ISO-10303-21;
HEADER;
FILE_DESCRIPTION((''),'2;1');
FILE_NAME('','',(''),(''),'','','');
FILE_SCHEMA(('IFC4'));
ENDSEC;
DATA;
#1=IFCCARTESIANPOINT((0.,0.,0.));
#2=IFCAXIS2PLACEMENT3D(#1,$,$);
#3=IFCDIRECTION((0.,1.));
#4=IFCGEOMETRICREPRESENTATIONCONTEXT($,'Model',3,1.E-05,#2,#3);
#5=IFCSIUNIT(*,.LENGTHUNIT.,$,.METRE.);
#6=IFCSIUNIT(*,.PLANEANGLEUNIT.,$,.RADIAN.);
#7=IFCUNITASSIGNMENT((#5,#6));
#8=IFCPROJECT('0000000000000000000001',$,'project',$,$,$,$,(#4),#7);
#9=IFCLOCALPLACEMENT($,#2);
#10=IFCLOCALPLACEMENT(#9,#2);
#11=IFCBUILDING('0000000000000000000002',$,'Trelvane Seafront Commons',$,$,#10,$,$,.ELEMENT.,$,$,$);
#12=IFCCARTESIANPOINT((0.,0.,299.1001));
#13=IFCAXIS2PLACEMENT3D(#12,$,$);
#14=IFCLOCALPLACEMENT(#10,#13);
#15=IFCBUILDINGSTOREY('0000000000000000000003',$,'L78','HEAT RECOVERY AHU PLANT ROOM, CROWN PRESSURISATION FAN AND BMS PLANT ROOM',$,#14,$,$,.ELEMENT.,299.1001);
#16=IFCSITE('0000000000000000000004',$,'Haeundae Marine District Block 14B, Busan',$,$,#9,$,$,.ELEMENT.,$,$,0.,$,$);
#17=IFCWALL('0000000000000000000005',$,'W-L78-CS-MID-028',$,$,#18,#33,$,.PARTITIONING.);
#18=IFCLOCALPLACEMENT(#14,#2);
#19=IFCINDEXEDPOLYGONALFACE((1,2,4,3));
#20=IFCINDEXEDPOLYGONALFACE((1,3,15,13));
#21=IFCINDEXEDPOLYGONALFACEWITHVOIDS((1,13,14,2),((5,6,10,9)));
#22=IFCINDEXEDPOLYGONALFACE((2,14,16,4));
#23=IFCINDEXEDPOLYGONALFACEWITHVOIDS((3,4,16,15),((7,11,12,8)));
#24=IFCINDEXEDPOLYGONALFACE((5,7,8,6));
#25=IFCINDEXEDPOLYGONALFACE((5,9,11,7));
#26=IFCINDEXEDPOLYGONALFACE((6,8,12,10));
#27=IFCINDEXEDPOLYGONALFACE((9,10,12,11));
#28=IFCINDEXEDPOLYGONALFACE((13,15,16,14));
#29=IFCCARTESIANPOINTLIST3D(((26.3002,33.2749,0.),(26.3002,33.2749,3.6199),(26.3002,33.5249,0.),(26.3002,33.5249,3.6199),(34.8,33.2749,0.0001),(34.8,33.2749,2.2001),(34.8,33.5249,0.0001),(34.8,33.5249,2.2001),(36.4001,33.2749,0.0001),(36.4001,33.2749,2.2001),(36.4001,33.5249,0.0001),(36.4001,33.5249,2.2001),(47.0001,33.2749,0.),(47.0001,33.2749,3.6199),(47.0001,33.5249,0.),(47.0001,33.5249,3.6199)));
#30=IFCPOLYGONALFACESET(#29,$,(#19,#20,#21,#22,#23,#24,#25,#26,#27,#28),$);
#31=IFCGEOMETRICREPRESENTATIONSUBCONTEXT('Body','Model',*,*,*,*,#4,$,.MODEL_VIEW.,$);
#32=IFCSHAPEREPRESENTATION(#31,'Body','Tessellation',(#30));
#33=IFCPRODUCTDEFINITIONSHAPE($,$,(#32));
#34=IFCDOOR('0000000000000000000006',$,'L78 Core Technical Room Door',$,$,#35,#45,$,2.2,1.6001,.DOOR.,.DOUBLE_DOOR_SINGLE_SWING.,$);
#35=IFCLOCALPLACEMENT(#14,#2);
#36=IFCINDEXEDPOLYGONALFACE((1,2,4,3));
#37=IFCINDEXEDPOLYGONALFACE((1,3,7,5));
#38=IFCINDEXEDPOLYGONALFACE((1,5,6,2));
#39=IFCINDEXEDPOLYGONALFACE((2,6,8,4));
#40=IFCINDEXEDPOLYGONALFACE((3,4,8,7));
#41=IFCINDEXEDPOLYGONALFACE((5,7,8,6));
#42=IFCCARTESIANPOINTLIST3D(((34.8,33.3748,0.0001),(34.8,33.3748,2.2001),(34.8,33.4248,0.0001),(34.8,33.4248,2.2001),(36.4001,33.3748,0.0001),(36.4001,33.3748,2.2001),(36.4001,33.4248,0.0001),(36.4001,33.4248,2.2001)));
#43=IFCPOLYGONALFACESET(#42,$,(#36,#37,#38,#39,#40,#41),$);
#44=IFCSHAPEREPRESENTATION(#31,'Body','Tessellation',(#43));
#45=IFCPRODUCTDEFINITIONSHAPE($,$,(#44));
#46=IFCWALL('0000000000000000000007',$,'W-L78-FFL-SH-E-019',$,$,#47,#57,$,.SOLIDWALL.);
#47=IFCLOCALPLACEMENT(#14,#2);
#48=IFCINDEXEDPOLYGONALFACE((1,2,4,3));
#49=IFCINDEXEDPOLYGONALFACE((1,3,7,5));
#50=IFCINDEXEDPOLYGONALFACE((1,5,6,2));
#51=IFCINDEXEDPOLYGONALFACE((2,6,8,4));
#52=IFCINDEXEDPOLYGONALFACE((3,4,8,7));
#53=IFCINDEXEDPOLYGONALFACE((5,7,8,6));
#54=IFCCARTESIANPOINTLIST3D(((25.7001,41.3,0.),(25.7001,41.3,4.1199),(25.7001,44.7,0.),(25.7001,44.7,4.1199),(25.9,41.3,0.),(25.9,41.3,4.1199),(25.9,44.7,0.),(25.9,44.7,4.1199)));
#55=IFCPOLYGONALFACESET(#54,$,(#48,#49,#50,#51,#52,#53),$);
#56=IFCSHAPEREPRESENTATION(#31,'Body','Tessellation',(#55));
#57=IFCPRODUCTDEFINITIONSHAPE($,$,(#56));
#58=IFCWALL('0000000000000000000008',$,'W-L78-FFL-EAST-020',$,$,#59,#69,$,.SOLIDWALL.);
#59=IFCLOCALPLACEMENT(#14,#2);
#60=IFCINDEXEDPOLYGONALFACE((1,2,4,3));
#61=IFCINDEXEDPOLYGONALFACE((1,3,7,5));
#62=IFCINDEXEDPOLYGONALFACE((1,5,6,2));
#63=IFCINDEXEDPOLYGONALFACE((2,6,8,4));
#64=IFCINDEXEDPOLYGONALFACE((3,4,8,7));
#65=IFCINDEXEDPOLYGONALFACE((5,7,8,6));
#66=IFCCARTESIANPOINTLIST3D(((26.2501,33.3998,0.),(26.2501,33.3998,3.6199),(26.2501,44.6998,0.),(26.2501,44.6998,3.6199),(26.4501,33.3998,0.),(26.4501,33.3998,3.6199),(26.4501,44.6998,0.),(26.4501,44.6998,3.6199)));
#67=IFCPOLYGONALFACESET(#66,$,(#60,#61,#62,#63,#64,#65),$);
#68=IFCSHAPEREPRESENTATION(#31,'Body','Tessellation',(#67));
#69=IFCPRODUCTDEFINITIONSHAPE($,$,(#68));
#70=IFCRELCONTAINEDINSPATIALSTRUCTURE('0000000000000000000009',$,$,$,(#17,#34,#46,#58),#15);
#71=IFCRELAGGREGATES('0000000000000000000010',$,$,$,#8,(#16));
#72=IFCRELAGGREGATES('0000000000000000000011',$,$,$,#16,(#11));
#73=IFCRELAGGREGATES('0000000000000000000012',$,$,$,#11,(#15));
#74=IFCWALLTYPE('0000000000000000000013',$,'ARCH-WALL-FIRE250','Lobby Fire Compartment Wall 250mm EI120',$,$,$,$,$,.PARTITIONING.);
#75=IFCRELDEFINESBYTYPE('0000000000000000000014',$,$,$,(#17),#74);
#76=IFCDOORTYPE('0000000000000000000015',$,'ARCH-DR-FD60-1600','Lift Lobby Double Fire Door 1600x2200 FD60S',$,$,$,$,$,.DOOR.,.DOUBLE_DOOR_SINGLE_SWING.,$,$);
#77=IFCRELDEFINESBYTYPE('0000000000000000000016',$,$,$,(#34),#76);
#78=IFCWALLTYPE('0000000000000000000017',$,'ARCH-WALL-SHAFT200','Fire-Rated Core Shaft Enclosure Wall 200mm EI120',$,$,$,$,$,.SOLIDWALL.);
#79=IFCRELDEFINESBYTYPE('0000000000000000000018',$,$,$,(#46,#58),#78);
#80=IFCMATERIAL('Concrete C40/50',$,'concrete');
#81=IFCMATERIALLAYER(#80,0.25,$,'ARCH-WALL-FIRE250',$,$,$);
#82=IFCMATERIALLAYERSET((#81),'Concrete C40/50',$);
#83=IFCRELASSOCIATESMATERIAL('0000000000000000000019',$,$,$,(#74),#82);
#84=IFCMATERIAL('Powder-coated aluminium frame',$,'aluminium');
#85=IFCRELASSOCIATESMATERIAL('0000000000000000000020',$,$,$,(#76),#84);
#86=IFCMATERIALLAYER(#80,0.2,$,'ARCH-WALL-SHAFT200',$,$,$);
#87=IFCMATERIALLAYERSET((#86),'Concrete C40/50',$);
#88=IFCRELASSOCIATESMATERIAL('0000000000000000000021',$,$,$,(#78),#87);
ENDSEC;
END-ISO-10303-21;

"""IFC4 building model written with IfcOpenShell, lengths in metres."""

from ifc_helpers import new_model, si_unit, direction, frame, frame_2d, origin, place, context, subcontext, project, spatial, rectangle, extrude, source, transform, mapped, material, layer, layer_set, type_object, element, fill, save


model = new_model("IFC4")

# Units and contexts
model_context = context("Model", 3, precision=1e-05, world=origin(), true_north=direction((0.0, 1.0)))
body_context = subcontext(model_context, "Body", "Model", "MODEL_VIEW")
ifc_project = project(units=[si_unit("LENGTHUNIT", "METRE"), si_unit("PLANEANGLEUNIT", "RADIAN")], contexts=[model_context])

# Site, building, storey
site_placement = place(None, origin())
site = spatial("IfcSite", under=ifc_project, at=site_placement, Name="Haeundae Marine District Block 14B, Busan", CompositionType="ELEMENT", RefElevation=0.0)
building_placement = place(site_placement, origin())
building = spatial("IfcBuilding", under=site, at=building_placement, Name="Trelvane Seafront Commons", CompositionType="ELEMENT")
storey_placement = place(building_placement, frame((0.0, 0.0, 299.1001)))
storey = spatial("IfcBuildingStorey", under=building, at=storey_placement, Name="L78", Description="HEAT RECOVERY AHU PLANT ROOM, CROWN PRESSURISATION FAN AND BMS PLANT ROOM", CompositionType="ELEMENT", Elevation=299.1001)

# Wall, opening, door
ifc_material_1 = material(Name="Concrete C40/50", Category="concrete")
ifc_layer_1 = layer(ifc_material_1, 0.25, Name="ARCH-WALL-FIRE250")
ifc_layer_set_1 = layer_set([ifc_layer_1], Name="Concrete C40/50")
wall_type_1 = type_object("IfcWallType", Name="ARCH-WALL-FIRE250", Description="Lobby Fire Compartment Wall 250mm EI120", PredefinedType="PARTITIONING", material=ifc_layer_set_1)
wall_1_placement = place(storey_placement, frame((26.3, 33.3999, 0.0), z_axis=(0.0, 0.0, 1.0), x_axis=(1.0, 0.0, 0.0)))
wall_1 = element("IfcWall", 1, at=wall_1_placement, inside=storey, type_object=wall_type_1, Name="W-L78-CS-MID-028", PredefinedType="PARTITIONING", context=body_context, shape_type="SweptSolid", body=[
    extrude(rectangle(XDim=20.7, YDim=0.25, at=frame_2d((10.3501, 0.0))), origin(), (0.0, 0.0, 1.0), 3.6199),
])
opening_placement = place(wall_1_placement, frame((8.5, 0.0, 0.0)))
opening = element("IfcOpeningElement", 2, at=opening_placement, cuts=wall_1, PredefinedType="OPENING", context=body_context, shape_type="SweptSolid", body=[
    extrude(rectangle(XDim=1.6001, YDim=2.2, at=frame_2d((0.8, 1.1001))), frame((0.0, 0.135, 0.0), z_axis=(0.0, -1.0, 0.0), x_axis=(1.0, 0.0, 0.0)), (0.0, 0.0, 1.0), 0.27),
])
ifc_material_2 = material(Name="Powder-coated aluminium frame", Category="aluminium")
door_type = type_object("IfcDoorType", Name="ARCH-DR-FD60-1600", Description="Lift Lobby Double Fire Door 1600x2200 FD60S", OperationType="DOUBLE_DOOR_SINGLE_SWING", PredefinedType="DOOR", material=ifc_material_2)
shared_shape_1 = source(origin(), body_context, "Body", "SweptSolid", [
    extrude(rectangle(XDim=1.6001, YDim=2.2, at=frame_2d((0.8, 1.1001))), frame((0.0, 0.0249, 0.0), z_axis=(0.0, -1.0, 0.0), x_axis=(1.0, 0.0, 0.0)), (0.0, 0.0, 1.0), 0.05),
])
door_placement = place(opening_placement, origin())
door = element("IfcDoor", 3, at=door_placement, inside=storey, type_object=door_type, Name="L78 Core Technical Room Door", OperationType="DOUBLE_DOOR_SINGLE_SWING", OverallHeight=2.2, OverallWidth=1.6001, PredefinedType="DOOR", context=body_context, shape_type="MappedRepresentation", body=[
    mapped(shared_shape_1, transform((0.0, 0.0, 0.0), x_axis=(1.0, 0.0, 0.0), y_axis=(0.0, 1.0, 0.0), z_axis=(0.0, 0.0, 1.0), scale=1.0)),
])
fill(opening, door)

# Walls
ifc_layer_2 = layer(ifc_material_1, 0.2, Name="ARCH-WALL-SHAFT200")
ifc_layer_set_2 = layer_set([ifc_layer_2], Name="Concrete C40/50")
wall_type_2 = type_object("IfcWallType", Name="ARCH-WALL-SHAFT200", Description="Fire-Rated Core Shaft Enclosure Wall 200mm EI120", PredefinedType="SOLIDWALL", material=ifc_layer_set_2)
wall_2_placement = place(storey_placement, frame((25.8, 41.3, 0.0), z_axis=(0.0, 0.0, 1.0), x_axis=(0.0, 1.0, 0.0)))
element("IfcWall", 4, at=wall_2_placement, inside=storey, type_object=wall_type_2, Name="W-L78-FFL-SH-E-019", PredefinedType="SOLIDWALL", context=body_context, shape_type="SweptSolid", body=[
    extrude(rectangle(XDim=3.3999, YDim=0.2, at=frame_2d((1.7, 0.0))), origin(), (0.0, 0.0, 1.0), 4.1199),
])
wall_3_placement = place(storey_placement, frame((26.3501, 33.3999, 0.0), z_axis=(0.0, 0.0, 1.0), x_axis=(0.0, 1.0, 0.0)))
element("IfcWall", 5, at=wall_3_placement, inside=storey, type_object=wall_type_2, Name="W-L78-FFL-EAST-020", PredefinedType="SOLIDWALL", context=body_context, shape_type="SweptSolid", body=[
    extrude(rectangle(XDim=11.3, YDim=0.2, at=frame_2d((5.6499, 0.0))), origin(), (0.0, 0.0, 1.0), 3.6199),
])

save(model, "model.ifc")
